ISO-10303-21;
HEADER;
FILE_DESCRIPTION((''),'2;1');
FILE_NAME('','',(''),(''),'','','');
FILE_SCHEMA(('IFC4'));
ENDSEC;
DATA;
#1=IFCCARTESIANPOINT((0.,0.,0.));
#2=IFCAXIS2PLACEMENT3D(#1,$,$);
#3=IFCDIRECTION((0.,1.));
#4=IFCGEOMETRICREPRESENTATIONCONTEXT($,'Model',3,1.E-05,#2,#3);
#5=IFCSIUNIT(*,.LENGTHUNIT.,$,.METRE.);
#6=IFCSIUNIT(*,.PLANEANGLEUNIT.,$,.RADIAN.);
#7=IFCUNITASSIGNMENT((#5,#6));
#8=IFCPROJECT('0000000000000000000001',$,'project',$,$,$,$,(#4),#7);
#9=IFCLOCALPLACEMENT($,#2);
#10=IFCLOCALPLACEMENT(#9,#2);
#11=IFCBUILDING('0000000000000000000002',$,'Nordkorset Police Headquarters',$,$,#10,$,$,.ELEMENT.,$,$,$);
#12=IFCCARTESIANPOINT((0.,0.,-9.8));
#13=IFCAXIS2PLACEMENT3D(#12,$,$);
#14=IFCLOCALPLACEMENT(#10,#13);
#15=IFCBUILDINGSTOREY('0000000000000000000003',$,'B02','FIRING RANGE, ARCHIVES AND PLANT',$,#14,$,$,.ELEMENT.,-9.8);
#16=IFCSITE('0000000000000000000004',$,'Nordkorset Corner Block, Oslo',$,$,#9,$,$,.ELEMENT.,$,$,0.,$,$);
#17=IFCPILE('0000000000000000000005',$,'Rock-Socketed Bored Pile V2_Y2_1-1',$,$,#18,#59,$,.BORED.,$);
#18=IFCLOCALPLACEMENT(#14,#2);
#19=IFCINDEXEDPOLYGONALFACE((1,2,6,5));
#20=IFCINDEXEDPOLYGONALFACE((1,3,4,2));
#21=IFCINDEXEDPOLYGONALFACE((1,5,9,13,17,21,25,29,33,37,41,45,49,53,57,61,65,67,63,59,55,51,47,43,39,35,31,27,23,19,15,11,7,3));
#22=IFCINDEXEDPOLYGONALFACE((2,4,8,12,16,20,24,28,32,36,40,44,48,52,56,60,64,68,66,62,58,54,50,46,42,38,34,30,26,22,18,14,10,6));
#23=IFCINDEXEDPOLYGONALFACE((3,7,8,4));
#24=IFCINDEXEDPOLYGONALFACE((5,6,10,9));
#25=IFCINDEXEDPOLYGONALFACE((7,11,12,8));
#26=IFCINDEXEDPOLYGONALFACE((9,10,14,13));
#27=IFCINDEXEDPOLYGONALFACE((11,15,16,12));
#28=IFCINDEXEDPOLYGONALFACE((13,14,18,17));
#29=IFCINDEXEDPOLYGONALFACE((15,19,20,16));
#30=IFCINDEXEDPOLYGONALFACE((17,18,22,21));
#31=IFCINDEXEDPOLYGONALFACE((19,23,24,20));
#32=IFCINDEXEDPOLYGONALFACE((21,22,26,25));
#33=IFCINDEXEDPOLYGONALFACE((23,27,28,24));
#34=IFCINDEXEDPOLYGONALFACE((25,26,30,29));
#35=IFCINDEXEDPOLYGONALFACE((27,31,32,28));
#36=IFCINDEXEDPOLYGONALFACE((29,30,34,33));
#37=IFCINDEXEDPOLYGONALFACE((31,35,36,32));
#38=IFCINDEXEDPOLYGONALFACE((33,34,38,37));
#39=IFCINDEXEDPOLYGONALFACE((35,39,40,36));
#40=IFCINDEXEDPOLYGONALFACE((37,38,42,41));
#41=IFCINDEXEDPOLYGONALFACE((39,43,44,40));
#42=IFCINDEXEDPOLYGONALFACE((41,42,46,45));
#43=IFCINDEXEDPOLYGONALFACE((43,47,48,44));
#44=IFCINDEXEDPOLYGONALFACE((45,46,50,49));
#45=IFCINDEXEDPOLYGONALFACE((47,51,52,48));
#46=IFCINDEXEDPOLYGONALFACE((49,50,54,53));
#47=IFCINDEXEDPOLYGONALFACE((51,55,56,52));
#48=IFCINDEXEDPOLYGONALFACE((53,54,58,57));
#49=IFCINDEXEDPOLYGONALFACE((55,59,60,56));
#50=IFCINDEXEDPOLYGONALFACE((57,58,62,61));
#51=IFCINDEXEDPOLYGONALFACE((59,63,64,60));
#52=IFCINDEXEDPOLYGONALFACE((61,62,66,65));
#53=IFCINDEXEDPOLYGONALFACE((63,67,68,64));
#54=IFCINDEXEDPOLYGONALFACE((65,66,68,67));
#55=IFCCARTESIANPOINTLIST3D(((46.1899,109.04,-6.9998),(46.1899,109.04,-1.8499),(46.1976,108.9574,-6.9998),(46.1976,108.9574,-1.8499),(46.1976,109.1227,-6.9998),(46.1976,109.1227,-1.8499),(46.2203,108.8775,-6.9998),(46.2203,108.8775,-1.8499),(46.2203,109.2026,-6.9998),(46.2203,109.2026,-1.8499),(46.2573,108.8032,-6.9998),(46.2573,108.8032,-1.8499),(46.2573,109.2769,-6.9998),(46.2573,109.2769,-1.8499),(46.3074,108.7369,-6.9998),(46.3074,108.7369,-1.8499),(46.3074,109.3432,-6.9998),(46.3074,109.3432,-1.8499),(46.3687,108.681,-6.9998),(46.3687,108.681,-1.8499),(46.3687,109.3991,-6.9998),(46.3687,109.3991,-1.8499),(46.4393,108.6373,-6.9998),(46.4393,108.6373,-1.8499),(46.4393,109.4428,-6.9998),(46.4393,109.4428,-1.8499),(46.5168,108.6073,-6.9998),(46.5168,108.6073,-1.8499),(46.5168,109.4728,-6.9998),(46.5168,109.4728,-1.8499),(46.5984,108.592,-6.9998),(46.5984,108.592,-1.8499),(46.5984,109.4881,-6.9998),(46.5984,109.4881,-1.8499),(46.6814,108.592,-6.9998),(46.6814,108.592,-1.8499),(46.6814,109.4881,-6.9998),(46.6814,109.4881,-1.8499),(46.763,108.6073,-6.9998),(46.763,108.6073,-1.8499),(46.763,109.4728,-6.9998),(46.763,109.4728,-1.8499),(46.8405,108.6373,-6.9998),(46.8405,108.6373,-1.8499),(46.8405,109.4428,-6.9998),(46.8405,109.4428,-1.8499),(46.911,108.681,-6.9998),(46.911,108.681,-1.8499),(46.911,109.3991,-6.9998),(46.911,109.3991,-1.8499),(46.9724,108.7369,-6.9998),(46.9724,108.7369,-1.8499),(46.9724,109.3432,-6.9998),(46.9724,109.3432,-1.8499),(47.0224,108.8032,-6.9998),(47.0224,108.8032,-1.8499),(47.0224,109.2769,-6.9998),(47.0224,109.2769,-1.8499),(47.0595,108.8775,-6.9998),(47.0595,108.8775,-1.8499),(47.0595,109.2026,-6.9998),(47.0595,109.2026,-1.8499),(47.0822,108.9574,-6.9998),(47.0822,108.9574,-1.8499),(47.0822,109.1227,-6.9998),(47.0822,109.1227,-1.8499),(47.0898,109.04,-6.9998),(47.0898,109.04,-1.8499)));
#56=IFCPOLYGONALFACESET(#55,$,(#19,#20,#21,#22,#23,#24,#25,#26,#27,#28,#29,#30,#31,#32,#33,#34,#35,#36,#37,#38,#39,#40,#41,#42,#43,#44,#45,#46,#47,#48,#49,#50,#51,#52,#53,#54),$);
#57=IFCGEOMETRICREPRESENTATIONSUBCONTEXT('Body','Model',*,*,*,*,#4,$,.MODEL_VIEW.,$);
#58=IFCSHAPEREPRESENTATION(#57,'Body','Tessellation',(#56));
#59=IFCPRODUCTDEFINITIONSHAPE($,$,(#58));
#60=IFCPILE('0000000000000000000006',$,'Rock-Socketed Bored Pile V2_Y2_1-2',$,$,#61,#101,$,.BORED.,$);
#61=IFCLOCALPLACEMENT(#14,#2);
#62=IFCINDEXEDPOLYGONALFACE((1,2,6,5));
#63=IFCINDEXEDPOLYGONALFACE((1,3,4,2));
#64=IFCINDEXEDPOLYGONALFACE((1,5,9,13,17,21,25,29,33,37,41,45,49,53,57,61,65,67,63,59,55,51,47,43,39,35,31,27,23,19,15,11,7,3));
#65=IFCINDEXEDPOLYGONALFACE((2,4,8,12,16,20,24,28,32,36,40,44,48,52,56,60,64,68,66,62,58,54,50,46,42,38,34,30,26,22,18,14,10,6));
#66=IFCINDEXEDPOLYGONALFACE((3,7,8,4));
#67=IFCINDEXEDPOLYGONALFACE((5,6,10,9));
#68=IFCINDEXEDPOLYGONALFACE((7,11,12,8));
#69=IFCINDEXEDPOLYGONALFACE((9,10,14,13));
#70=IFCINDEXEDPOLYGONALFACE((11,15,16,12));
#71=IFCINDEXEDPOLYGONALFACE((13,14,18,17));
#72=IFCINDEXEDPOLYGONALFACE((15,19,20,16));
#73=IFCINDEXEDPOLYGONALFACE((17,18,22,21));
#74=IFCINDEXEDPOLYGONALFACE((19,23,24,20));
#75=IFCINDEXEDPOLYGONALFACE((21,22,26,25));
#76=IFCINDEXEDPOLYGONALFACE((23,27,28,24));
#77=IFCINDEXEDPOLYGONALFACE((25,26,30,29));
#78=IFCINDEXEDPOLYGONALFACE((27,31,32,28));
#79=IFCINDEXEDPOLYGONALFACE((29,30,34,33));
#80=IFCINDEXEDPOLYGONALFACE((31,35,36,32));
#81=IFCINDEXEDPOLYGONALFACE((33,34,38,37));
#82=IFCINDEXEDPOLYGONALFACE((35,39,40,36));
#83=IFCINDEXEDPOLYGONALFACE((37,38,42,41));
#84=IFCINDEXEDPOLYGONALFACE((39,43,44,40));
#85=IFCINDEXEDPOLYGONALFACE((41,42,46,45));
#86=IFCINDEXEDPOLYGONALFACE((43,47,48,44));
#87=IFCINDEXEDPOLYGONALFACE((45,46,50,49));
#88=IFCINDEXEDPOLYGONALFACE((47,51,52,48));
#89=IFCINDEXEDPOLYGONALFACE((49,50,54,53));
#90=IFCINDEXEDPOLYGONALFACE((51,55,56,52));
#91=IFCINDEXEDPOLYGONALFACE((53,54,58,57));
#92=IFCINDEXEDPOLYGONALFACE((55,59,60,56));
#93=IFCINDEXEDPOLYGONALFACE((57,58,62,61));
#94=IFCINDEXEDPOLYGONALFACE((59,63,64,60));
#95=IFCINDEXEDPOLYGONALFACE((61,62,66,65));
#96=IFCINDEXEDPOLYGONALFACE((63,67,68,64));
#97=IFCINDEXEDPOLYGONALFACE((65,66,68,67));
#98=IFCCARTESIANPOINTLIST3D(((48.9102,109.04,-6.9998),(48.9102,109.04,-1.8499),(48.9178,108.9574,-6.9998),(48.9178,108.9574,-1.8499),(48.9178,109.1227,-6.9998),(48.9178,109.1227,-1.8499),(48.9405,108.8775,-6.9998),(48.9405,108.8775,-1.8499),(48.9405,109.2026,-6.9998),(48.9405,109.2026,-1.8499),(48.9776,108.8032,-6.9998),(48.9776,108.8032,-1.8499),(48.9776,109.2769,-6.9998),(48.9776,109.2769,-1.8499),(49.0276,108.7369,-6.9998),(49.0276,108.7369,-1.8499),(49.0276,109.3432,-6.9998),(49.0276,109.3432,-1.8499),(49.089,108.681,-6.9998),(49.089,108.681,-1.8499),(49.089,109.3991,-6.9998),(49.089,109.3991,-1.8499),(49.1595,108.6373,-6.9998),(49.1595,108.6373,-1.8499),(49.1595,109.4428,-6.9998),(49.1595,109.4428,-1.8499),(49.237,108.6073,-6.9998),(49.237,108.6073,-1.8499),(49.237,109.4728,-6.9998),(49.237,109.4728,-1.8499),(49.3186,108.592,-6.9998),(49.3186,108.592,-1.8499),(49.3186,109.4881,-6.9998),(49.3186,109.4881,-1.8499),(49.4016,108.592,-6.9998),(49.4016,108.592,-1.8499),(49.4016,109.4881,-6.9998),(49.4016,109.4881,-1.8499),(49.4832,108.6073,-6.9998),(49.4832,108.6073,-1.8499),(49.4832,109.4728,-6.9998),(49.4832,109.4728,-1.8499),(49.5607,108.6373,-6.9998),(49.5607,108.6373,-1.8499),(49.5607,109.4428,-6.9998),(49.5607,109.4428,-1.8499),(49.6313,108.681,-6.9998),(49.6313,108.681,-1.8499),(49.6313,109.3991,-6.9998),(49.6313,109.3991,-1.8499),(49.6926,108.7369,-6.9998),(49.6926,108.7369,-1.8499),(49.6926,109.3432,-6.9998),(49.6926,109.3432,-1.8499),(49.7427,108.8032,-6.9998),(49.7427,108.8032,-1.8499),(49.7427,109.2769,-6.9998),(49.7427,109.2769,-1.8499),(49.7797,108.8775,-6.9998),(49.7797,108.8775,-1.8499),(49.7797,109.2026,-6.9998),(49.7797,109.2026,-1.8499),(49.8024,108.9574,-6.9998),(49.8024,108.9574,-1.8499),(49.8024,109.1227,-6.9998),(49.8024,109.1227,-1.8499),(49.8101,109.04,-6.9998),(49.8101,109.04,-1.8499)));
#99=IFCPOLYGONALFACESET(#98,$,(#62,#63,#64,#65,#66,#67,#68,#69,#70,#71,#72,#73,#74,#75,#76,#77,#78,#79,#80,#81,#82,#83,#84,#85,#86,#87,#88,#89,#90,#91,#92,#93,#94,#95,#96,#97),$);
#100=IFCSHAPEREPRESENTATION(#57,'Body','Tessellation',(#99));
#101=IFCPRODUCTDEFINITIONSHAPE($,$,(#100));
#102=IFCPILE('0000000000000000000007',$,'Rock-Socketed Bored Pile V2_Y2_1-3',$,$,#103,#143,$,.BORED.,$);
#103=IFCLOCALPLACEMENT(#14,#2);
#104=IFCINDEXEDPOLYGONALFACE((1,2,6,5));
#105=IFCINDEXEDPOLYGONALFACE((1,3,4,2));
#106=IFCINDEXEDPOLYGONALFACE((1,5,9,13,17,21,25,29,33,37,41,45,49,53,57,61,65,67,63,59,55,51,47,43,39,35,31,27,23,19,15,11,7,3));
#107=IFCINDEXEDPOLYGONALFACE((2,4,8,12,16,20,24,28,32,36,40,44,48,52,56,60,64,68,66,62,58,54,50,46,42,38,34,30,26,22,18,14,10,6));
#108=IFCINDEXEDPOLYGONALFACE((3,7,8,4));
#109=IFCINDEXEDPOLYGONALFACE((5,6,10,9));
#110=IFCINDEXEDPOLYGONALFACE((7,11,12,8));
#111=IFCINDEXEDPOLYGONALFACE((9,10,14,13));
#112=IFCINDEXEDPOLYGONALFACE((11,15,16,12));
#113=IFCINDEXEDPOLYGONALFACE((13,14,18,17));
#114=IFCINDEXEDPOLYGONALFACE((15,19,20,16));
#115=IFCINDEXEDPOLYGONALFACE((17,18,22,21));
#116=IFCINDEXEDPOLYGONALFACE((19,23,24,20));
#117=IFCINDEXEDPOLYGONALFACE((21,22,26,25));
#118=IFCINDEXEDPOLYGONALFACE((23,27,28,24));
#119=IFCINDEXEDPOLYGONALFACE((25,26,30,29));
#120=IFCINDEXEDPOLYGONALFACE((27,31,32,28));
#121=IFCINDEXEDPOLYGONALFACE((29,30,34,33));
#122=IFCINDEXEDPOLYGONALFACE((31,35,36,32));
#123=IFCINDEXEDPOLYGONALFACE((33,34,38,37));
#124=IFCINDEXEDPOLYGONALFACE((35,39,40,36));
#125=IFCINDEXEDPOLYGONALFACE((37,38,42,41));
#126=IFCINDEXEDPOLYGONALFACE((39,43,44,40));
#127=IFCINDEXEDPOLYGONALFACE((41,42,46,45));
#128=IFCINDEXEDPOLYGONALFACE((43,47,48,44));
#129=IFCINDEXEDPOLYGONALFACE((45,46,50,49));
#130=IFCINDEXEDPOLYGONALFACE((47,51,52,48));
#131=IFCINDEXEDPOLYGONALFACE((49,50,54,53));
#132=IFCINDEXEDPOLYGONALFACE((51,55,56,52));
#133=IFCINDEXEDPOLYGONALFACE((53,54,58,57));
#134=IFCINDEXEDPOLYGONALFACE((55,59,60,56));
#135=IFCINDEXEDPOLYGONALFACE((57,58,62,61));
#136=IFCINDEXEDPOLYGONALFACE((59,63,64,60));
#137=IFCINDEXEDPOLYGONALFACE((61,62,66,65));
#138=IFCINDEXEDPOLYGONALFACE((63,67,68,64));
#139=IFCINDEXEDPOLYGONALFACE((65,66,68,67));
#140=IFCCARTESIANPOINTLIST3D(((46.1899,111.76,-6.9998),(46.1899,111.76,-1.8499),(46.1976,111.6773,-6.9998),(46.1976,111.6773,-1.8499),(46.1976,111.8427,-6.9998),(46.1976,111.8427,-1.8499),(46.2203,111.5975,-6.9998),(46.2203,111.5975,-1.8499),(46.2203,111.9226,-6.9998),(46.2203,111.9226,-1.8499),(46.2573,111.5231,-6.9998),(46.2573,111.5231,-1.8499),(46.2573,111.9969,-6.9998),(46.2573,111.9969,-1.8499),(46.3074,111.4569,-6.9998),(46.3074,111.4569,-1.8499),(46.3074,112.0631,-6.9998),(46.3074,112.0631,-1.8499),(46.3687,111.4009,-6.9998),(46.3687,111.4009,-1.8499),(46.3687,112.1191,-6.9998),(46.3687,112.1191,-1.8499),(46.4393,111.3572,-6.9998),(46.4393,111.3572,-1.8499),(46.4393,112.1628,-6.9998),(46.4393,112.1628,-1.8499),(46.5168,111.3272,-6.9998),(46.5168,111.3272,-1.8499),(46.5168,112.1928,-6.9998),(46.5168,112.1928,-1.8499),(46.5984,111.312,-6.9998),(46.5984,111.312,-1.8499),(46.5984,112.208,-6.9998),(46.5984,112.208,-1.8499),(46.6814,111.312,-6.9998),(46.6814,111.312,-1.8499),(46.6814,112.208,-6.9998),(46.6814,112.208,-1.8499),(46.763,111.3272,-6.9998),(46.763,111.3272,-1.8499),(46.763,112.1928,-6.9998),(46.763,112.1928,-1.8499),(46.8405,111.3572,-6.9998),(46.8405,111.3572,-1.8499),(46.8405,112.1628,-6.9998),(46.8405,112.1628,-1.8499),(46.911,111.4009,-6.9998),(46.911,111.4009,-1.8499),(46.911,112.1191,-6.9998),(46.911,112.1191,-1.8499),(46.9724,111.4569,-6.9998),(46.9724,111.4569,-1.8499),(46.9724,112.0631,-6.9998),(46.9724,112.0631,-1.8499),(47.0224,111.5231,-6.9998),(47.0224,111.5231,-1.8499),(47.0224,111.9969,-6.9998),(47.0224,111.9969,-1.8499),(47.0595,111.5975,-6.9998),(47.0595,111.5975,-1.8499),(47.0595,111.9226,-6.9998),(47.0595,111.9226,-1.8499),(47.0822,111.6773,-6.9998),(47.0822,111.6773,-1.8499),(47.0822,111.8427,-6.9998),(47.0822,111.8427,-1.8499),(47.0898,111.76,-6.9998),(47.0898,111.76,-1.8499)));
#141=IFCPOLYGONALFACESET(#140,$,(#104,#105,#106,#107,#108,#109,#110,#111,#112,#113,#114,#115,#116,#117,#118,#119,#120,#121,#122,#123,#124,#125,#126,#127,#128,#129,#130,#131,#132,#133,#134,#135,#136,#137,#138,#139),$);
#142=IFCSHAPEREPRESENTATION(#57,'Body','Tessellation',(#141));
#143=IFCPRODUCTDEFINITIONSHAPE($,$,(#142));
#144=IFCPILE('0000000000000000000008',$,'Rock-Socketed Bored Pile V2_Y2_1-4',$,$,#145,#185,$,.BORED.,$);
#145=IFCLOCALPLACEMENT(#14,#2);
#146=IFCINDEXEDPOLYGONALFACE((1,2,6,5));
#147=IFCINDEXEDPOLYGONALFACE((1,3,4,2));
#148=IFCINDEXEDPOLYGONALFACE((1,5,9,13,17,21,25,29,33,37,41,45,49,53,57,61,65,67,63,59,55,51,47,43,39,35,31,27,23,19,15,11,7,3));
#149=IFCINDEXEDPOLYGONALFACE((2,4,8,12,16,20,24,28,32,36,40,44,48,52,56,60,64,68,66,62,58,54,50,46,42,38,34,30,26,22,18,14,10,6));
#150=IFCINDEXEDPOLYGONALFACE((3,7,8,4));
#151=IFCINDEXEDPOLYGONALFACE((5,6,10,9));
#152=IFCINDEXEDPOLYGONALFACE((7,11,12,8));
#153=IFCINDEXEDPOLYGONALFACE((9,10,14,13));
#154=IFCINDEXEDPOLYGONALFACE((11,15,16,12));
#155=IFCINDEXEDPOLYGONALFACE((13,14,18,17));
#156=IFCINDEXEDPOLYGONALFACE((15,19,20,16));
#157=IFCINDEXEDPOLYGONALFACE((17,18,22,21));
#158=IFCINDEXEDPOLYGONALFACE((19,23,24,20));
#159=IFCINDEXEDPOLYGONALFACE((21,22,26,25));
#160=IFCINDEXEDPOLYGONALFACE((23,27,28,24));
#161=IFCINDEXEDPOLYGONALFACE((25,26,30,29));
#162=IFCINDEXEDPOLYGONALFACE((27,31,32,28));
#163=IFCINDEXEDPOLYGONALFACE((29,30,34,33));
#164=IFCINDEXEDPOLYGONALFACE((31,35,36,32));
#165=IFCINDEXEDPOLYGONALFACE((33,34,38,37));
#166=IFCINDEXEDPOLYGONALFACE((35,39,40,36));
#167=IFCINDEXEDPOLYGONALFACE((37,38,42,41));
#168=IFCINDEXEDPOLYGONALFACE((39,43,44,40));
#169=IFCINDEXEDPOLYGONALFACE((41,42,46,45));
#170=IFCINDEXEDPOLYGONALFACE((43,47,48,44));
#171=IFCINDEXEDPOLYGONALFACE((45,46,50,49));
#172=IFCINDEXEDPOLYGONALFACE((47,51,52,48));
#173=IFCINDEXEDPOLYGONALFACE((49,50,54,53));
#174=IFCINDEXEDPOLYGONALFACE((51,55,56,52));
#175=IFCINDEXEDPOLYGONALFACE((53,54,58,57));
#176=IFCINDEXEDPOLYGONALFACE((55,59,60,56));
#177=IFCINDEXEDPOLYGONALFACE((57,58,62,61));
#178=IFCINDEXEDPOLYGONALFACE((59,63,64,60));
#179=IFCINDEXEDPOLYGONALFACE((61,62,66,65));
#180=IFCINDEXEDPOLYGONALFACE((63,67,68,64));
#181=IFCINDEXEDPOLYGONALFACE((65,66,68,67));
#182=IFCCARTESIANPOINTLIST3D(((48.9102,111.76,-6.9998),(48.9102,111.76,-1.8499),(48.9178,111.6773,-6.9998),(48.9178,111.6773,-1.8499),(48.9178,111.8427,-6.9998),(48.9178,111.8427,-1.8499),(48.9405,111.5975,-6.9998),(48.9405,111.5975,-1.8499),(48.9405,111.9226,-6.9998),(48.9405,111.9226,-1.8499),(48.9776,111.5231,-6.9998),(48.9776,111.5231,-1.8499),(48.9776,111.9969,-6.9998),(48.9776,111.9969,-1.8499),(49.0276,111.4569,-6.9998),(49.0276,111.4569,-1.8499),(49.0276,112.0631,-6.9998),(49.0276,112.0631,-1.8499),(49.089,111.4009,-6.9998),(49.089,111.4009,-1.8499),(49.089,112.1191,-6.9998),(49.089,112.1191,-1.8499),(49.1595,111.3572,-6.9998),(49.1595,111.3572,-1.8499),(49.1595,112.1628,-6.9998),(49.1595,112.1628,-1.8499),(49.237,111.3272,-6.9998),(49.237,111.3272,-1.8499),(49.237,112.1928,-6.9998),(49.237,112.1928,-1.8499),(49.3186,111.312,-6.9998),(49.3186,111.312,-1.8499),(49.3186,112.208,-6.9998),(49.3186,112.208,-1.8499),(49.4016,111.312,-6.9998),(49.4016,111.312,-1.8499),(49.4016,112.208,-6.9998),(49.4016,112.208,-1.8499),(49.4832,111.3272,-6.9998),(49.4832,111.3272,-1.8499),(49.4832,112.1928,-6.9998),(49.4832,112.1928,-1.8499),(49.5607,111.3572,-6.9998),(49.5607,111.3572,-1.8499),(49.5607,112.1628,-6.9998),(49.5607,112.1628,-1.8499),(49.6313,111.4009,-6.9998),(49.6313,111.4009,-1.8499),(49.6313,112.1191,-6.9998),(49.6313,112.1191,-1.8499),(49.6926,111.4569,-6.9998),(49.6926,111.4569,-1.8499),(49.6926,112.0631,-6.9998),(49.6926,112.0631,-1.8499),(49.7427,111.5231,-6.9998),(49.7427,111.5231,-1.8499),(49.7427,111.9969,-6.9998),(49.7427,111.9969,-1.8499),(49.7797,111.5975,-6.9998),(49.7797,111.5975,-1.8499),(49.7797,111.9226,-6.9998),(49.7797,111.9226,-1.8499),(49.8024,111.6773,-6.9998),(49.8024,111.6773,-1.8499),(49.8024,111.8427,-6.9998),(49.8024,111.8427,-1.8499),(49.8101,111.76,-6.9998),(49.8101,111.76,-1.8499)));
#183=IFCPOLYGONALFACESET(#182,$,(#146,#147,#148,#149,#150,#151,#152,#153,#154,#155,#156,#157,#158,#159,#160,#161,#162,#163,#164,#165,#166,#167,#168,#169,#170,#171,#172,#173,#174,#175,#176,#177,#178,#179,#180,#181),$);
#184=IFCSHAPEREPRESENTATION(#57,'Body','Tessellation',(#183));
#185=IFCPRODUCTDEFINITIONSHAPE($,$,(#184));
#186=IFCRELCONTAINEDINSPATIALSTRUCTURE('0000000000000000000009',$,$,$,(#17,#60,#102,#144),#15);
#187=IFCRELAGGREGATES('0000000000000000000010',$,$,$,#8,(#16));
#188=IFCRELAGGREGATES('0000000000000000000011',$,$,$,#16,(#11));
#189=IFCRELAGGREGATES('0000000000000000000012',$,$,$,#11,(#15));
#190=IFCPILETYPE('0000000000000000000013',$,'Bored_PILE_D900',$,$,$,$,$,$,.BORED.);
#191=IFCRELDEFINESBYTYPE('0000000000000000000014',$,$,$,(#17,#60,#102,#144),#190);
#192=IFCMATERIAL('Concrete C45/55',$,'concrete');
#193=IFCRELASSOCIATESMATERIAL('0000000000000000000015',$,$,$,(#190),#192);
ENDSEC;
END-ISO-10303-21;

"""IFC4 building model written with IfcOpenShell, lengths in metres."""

from ifc_helpers import new_model, si_unit, direction, frame, origin, origin_2d, place, context, subcontext, project, spatial, circle, extrude, material, material_profile, profile_set, type_object, element, save


model = new_model("IFC4")

# Units and contexts
model_context = context("Model", 3, precision=1e-05, world=origin(), true_north=direction((0.0, 1.0)))
body_context = subcontext(model_context, "Body", "Model", "MODEL_VIEW")
ifc_project = project(units=[si_unit("LENGTHUNIT", "METRE"), si_unit("PLANEANGLEUNIT", "RADIAN")], contexts=[model_context])

# Site, building, storey
site_placement = place(None, origin())
site = spatial("IfcSite", under=ifc_project, at=site_placement, Name="Nordkorset Corner Block, Oslo", CompositionType="ELEMENT", RefElevation=0.0)
building_placement = place(site_placement, origin())
building = spatial("IfcBuilding", under=site, at=building_placement, Name="Nordkorset Police Headquarters", CompositionType="ELEMENT")
storey_placement = place(building_placement, frame((0.0, 0.0, -9.8)))
storey = spatial("IfcBuildingStorey", under=building, at=storey_placement, Name="B02", Description="FIRING RANGE, ARCHIVES AND PLANT", CompositionType="ELEMENT", Elevation=-9.8)

# Piles
ifc_material_1 = material(Name="Concrete C45/55", Category="concrete")
ifc_material_profile_1 = material_profile(ifc_material_1, circle(Radius=0.45, at=origin_2d()), Name="PILE D900")
ifc_profile_set_1 = profile_set([ifc_material_profile_1], Name="Concrete C45/55")
pile_type = type_object("IfcPileType", Name="Bored_PILE_D900", PredefinedType="BORED", material=ifc_profile_set_1)
for number, where, z_axis, x_axis, name in (
    (1, (46.6399, 109.04, -1.8499), (0.0, 0.0, -1.0), (1.0, 0.0, 0.0), "Rock-Socketed Bored Pile V2_Y2_1-1"),
    (2, (49.3601, 109.04, -1.8499), (0.0, 0.0, -1.0), (1.0, 0.0, 0.0), "Rock-Socketed Bored Pile V2_Y2_1-2"),
    (3, (46.6399, 111.76, -1.8499), (0.0, 0.0, -1.0), (1.0, 0.0, 0.0), "Rock-Socketed Bored Pile V2_Y2_1-3"),
    (4, (49.3601, 111.76, -1.8499), (0.0, 0.0, -1.0), (1.0, 0.0, 0.0), "Rock-Socketed Bored Pile V2_Y2_1-4"),
):
    element("IfcPile", number, at=place(storey_placement, frame(where, z_axis=z_axis, x_axis=x_axis)), inside=storey, type_object=pile_type, Name=name, PredefinedType="BORED", context=body_context, shape_type="SweptSolid", body=[
        extrude(circle(Radius=0.45, at=origin_2d()), origin(), (0.0, 0.0, 1.0), 5.1499),
    ])

save(model, "model.ifc")
